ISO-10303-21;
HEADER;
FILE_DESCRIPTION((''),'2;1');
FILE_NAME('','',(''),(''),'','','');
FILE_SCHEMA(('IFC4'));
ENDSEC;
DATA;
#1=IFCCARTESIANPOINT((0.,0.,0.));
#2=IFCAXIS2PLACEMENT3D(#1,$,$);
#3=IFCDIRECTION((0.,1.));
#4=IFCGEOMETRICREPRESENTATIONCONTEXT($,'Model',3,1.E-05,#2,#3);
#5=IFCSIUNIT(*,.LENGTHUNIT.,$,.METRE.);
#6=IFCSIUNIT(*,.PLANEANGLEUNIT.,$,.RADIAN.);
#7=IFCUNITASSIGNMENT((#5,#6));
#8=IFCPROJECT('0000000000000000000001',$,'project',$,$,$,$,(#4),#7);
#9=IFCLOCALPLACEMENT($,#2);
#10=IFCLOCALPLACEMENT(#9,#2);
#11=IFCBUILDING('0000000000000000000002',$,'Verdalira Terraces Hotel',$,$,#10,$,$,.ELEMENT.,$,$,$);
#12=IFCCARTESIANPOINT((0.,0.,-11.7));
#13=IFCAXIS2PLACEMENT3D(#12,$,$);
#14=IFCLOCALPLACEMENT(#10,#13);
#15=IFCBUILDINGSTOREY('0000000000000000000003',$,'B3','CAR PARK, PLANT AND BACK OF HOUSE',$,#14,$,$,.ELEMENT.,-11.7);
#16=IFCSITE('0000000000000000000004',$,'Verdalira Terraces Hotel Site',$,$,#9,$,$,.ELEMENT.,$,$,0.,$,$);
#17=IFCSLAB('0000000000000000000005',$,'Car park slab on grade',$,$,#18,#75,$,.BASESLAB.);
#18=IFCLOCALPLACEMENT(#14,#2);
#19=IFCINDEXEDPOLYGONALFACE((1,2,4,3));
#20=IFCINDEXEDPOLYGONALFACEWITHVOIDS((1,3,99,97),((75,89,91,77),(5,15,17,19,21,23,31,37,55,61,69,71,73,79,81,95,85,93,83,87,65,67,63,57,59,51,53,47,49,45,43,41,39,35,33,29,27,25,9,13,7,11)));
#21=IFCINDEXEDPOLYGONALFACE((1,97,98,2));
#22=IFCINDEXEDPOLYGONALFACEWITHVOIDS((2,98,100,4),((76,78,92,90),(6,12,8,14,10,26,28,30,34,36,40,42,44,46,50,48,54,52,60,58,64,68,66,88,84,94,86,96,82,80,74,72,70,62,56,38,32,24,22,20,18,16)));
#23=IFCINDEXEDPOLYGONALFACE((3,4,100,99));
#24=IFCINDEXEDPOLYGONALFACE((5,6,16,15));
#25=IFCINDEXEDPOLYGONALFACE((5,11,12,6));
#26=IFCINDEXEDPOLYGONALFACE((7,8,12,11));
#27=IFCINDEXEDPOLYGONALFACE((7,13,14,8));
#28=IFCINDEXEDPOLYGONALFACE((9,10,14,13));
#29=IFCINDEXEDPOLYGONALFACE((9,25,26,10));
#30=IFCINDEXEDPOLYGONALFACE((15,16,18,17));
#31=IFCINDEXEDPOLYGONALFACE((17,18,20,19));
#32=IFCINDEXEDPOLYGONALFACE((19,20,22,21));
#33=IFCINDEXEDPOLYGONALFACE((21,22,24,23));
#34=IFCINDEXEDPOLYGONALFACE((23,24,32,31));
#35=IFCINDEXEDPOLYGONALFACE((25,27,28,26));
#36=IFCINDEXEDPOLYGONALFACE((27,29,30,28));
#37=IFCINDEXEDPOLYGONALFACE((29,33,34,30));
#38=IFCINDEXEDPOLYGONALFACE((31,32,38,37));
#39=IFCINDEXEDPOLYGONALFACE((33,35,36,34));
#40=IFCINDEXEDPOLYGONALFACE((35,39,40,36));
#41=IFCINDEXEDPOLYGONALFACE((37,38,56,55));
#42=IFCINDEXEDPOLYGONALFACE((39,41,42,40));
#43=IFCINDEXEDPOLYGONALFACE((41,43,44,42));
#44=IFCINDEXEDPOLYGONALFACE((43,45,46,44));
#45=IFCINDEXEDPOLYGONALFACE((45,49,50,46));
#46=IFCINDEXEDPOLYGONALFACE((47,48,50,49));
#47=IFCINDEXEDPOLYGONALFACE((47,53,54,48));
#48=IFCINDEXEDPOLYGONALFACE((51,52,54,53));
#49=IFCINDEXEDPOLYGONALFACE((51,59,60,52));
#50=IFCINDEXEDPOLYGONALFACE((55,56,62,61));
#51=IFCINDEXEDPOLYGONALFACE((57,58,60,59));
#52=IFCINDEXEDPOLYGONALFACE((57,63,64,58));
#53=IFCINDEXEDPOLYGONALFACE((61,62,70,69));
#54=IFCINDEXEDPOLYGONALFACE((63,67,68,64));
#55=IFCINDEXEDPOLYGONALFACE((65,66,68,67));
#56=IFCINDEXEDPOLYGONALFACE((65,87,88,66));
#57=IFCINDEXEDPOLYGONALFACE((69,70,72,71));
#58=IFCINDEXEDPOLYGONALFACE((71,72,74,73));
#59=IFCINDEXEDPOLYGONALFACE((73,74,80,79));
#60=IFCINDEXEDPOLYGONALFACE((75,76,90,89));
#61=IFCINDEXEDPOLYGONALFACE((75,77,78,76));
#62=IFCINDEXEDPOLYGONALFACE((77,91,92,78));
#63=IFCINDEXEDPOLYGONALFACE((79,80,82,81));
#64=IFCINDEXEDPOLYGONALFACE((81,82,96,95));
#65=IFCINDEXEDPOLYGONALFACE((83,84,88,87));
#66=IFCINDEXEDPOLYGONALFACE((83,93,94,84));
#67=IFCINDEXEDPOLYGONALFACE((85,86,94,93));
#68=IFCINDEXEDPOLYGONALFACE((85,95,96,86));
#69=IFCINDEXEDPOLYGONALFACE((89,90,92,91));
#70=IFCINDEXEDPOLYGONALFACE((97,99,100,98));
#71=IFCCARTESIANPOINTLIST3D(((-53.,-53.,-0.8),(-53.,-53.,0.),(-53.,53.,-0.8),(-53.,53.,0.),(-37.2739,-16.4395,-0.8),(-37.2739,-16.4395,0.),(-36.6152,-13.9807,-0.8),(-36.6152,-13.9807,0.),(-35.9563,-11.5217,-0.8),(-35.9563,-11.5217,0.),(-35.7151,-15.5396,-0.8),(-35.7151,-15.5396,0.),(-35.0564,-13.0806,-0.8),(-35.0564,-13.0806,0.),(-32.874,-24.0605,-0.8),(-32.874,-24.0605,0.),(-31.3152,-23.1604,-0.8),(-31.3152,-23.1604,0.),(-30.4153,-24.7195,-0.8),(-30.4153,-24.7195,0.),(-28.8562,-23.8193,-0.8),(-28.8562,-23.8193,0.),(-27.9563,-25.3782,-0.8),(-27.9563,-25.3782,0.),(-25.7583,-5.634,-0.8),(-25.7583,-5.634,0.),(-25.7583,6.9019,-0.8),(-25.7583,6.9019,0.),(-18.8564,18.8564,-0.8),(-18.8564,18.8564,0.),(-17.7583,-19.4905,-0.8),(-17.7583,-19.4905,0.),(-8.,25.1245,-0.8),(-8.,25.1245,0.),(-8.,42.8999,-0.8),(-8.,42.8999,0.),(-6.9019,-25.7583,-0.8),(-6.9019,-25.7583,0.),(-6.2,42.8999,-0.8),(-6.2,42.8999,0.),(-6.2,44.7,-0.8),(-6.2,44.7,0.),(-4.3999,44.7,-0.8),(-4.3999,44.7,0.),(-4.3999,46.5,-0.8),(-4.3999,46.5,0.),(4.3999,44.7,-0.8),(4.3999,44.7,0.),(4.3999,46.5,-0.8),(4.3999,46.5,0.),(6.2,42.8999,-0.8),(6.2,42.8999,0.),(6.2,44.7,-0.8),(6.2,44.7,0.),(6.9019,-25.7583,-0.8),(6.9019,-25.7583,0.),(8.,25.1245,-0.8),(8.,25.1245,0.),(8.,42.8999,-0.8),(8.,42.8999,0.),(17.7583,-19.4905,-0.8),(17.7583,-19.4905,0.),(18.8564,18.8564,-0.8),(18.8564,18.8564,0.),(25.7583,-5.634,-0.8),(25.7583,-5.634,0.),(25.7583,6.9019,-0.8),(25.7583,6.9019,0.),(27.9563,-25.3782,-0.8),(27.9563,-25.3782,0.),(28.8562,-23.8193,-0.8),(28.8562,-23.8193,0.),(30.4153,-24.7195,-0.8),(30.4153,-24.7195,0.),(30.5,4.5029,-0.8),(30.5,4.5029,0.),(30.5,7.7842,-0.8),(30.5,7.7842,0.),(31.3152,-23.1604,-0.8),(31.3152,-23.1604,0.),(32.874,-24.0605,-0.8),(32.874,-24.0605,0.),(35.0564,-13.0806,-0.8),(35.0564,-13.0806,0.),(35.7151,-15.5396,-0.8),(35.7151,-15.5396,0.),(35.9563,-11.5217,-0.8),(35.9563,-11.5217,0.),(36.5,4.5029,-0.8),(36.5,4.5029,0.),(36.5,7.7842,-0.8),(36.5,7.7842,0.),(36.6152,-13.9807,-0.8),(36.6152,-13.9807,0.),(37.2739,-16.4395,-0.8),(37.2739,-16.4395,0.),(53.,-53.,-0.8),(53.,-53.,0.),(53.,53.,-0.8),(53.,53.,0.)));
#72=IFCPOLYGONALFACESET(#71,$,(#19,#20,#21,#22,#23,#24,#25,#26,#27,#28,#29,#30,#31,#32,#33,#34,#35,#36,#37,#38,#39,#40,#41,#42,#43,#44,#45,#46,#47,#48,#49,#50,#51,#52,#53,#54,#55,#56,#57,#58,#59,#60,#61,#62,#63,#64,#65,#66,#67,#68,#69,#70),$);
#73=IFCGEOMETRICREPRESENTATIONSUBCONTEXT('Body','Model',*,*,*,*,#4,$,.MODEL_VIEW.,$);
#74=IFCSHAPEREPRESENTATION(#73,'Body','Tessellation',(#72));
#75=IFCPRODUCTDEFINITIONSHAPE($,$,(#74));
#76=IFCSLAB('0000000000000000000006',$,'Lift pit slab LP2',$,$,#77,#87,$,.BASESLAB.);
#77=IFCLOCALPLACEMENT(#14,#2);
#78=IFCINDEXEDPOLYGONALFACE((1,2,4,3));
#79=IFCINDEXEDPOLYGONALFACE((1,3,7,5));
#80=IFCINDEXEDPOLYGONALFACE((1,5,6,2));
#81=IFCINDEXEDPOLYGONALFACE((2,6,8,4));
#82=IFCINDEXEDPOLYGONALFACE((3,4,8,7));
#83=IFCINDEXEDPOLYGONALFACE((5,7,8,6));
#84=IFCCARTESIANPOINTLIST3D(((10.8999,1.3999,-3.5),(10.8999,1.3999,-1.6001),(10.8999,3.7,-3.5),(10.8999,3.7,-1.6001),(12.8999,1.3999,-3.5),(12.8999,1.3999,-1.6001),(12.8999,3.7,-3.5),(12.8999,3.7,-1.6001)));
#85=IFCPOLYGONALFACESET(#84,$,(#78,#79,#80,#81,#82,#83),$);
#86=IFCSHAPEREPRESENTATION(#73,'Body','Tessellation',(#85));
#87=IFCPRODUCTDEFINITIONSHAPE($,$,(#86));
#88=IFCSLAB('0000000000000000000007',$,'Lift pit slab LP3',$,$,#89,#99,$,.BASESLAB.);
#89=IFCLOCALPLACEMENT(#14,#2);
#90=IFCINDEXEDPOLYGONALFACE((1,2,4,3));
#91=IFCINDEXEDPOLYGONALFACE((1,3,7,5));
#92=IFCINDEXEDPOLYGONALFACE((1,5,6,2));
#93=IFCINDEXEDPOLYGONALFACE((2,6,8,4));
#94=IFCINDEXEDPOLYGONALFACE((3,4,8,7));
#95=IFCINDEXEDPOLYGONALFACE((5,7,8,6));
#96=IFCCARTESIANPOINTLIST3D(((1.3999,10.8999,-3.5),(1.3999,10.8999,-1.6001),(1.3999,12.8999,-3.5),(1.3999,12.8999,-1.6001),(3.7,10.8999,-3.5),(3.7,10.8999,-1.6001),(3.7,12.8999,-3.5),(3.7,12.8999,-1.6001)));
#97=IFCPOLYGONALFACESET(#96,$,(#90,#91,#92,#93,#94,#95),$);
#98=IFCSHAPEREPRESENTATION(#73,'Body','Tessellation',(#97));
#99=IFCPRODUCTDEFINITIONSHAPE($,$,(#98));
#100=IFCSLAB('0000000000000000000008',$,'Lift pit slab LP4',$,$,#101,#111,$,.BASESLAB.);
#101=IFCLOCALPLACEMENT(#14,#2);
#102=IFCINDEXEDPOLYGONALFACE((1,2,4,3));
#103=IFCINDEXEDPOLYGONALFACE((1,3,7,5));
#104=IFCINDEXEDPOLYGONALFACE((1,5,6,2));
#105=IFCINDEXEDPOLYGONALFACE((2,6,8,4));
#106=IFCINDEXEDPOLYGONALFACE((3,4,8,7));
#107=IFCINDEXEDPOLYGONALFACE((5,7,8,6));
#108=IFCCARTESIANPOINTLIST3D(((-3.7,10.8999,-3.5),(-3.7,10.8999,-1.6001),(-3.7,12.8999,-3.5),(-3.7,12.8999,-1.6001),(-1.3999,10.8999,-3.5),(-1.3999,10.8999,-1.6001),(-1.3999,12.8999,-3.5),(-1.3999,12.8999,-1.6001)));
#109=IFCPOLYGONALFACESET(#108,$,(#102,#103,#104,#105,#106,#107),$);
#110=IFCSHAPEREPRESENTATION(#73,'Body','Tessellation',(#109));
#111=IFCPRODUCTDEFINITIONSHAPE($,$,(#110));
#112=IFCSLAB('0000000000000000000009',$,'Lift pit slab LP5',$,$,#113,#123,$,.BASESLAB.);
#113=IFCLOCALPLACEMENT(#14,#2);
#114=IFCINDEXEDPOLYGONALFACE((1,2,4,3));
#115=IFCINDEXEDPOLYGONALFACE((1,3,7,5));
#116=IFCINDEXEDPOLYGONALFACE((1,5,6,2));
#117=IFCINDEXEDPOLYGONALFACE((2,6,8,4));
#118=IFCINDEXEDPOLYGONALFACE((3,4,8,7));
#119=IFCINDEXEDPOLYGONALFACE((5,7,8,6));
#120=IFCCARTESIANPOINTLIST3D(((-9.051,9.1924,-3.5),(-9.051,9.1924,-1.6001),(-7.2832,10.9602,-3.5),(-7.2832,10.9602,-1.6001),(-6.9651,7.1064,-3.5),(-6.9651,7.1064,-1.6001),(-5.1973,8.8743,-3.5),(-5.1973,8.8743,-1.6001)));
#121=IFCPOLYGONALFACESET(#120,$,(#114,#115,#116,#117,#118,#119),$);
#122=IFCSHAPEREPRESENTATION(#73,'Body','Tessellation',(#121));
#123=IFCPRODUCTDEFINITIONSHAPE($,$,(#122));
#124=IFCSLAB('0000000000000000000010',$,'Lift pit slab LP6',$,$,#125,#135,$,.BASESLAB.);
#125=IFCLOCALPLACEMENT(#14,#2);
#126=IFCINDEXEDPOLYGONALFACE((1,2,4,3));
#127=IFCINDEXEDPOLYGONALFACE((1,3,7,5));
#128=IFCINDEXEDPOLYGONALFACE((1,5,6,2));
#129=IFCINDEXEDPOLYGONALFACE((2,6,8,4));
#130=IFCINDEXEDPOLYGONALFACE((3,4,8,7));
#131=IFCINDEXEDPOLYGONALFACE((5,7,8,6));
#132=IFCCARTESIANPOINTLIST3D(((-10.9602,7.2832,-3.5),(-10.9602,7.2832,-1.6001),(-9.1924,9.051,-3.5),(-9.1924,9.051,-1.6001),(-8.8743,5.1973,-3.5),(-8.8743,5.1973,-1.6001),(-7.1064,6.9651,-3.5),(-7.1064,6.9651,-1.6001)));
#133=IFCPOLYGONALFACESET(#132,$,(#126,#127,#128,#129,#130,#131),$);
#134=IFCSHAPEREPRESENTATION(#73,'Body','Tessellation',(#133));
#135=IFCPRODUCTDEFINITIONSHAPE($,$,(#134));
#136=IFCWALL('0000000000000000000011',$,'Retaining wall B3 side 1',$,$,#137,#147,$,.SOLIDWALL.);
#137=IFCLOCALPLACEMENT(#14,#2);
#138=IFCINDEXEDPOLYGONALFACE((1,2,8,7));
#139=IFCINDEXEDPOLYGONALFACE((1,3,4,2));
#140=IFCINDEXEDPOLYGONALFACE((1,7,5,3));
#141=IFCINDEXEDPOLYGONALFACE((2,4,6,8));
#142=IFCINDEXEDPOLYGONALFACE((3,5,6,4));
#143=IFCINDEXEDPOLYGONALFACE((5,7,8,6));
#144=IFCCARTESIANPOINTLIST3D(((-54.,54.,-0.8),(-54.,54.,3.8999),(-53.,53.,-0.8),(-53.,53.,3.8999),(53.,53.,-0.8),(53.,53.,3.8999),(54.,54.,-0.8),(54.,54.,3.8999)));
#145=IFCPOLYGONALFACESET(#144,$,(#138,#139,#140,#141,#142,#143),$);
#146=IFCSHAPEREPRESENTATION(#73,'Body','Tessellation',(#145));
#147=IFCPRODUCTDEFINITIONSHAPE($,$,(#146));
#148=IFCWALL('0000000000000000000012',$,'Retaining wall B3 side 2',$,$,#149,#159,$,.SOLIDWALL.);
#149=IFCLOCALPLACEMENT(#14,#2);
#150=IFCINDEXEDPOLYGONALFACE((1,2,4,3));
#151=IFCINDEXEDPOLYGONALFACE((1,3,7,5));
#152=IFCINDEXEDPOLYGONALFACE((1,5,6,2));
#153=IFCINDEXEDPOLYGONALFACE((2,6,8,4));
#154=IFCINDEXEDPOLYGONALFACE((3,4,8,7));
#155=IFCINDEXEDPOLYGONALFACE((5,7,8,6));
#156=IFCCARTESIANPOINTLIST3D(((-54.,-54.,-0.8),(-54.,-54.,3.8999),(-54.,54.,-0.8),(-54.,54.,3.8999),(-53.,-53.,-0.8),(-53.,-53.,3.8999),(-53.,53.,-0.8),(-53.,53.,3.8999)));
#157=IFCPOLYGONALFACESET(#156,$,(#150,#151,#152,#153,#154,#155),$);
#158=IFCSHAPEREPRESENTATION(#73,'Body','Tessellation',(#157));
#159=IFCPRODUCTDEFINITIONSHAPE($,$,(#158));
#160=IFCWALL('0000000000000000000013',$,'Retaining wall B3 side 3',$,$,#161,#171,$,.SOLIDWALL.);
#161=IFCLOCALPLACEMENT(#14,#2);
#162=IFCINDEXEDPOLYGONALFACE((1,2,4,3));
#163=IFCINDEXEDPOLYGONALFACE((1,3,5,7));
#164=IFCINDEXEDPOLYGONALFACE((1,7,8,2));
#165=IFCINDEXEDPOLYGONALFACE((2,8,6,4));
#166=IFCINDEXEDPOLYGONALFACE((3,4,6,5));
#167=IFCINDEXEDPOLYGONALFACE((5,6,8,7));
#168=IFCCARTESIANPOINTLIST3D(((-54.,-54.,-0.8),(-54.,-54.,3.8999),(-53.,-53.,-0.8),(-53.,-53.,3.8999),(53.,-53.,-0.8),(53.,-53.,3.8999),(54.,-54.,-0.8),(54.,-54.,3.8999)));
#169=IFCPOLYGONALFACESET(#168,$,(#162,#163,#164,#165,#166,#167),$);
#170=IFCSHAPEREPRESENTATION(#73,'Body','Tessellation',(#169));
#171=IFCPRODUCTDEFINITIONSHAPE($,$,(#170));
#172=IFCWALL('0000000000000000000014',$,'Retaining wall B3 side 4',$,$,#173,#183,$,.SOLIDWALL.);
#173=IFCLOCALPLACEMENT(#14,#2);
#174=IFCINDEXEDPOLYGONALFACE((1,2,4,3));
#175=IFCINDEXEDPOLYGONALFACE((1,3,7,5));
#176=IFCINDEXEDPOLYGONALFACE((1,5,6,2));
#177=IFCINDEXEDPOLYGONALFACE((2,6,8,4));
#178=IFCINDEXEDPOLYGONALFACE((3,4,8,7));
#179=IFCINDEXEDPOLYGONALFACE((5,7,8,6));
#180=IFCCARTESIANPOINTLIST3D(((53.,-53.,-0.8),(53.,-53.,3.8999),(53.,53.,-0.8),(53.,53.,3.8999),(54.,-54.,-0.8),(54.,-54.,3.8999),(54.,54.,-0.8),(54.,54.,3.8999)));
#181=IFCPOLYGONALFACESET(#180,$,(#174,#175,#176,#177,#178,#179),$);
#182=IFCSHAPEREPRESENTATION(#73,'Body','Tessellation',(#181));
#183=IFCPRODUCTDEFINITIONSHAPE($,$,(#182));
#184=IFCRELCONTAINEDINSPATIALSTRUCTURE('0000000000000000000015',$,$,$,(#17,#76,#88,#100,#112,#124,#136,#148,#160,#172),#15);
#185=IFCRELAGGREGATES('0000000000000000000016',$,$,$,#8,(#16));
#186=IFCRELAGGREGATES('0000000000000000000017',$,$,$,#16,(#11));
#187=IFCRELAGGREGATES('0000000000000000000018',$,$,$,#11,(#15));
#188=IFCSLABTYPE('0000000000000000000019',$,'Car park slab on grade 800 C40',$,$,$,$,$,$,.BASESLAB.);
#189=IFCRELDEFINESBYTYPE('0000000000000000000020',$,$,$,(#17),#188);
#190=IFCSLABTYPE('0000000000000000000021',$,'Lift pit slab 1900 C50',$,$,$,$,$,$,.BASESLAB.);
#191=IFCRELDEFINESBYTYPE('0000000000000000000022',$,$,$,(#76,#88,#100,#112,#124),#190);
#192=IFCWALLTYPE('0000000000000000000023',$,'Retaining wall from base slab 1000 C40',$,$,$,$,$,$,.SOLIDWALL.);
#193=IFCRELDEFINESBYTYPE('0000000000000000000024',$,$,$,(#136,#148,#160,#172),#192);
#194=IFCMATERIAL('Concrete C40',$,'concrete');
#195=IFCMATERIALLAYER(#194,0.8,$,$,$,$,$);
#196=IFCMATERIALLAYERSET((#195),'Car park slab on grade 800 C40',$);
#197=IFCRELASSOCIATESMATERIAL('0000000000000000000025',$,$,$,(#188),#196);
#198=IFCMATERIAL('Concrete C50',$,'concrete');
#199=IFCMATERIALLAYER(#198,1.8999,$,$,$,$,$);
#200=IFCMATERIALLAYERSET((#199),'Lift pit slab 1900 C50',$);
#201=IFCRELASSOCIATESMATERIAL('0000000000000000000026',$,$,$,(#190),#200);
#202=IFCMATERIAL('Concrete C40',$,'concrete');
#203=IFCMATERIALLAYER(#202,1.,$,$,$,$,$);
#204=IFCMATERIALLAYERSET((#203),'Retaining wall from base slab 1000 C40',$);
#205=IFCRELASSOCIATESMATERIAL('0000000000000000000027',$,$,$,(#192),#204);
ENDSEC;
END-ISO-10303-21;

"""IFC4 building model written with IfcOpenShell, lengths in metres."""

from ifc_helpers import new_model, si_unit, direction, frame, origin, place, context, subcontext, project, spatial, polyline, outline, extrude, material, layer, layer_set, type_object, element, save


model = new_model("IFC4")

# Units and contexts
model_context = context("Model", 3, precision=1e-05, world=origin(), true_north=direction((0.0, 1.0)))
body_context = subcontext(model_context, "Body", "Model", "MODEL_VIEW")
ifc_project = project(units=[si_unit("LENGTHUNIT", "METRE"), si_unit("PLANEANGLEUNIT", "RADIAN")], contexts=[model_context])

# Site, building, storey
site_placement = place(None, origin())
site = spatial("IfcSite", under=ifc_project, at=site_placement, Name="Verdalira Terraces Hotel Site", CompositionType="ELEMENT", RefElevation=0.0)
building_placement = place(site_placement, origin())
building = spatial("IfcBuilding", under=site, at=building_placement, Name="Verdalira Terraces Hotel", CompositionType="ELEMENT")
storey_placement = place(building_placement, frame((0.0, 0.0, -11.7)))
storey = spatial("IfcBuildingStorey", under=building, at=storey_placement, Name="B3", Description="CAR PARK, PLANT AND BACK OF HOUSE", CompositionType="ELEMENT", Elevation=-11.7)

# Slabs
ifc_material_1 = material(Name="Concrete C40", Category="concrete")
ifc_layer_1 = layer(ifc_material_1, 0.8)
ifc_layer_set_1 = layer_set([ifc_layer_1], Name="Car park slab on grade 800 C40")
slab_type_1 = type_object("IfcSlabType", Name="Car park slab on grade 800 C40", PredefinedType="BASESLAB", material=ifc_layer_set_1)
slab_1_placement = place(storey_placement, frame((0.0, 0.0, -0.8)))
element("IfcSlab", 1, at=slab_1_placement, inside=storey, type_object=slab_type_1, Name="Car park slab on grade", PredefinedType="BASESLAB", context=body_context, shape_type="SweptSolid", body=[
    extrude(outline(polyline([(-53.0, -53.0), (53.0, -53.0), (53.0, 53.0), (-53.0, 53.0), (-53.0, -53.0)]), holes=[polyline([(6.2, 42.8999), (8.0, 42.8999), (8.0, 25.1245), (18.8564, 18.8564), (25.7583, 6.9019), (25.7583, -5.634), (35.9563, -11.5217), (35.0564, -13.0806), (36.6152, -13.9807), (35.7151, -15.5396), (37.2739, -16.4395), (32.874, -24.0605), (31.3152, -23.1604), (30.4153, -24.7195), (28.8562, -23.8193), (27.9563, -25.3782), (17.7583, -19.4905), (6.9019, -25.7583), (-6.9019, -25.7583), (-17.7583, -19.4905), (-27.9563, -25.3782), (-28.8562, -23.8193), (-30.4153, -24.7195), (-31.3152, -23.1604), (-32.874, -24.0605), (-37.2739, -16.4395), (-35.7151, -15.5396), (-36.6152, -13.9807), (-35.0564, -13.0806), (-35.9563, -11.5217), (-25.7583, -5.634), (-25.7583, 6.9019), (-18.8564, 18.8564), (-8.0, 25.1245), (-8.0, 42.8999), (-6.2, 42.8999), (-6.2, 44.7), (-4.3999, 44.7), (-4.3999, 46.5), (4.3999, 46.5), (4.3999, 44.7), (6.2, 44.7), (6.2, 42.8999)]), polyline([(30.5, 4.5029), (30.5, 7.7842), (36.5, 7.7842), (36.5, 4.5029), (30.5, 4.5029)])]), origin(), (0.0, 0.0, 1.0), 0.8),
])
ifc_material_2 = material(Name="Concrete C50", Category="concrete")
ifc_layer_2 = layer(ifc_material_2, 1.8999)
ifc_layer_set_2 = layer_set([ifc_layer_2], Name="Lift pit slab 1900 C50")
slab_type_2 = type_object("IfcSlabType", Name="Lift pit slab 1900 C50", PredefinedType="BASESLAB", material=ifc_layer_set_2)
slab_2_placement = place(storey_placement, frame((0.0, 0.0, -3.5)))
element("IfcSlab", 2, at=slab_2_placement, inside=storey, type_object=slab_type_2, Name="Lift pit slab LP2", PredefinedType="BASESLAB", context=body_context, shape_type="SweptSolid", body=[
    extrude(outline(polyline([(10.8999, 1.3999), (12.8999, 1.3999), (12.8999, 3.7), (10.8999, 3.7), (10.8999, 1.3999)])), origin(), (0.0, 0.0, 1.0), 1.8999),
])
slab_3_placement = place(storey_placement, frame((0.0, 0.0, -3.5)))
element("IfcSlab", 3, at=slab_3_placement, inside=storey, type_object=slab_type_2, Name="Lift pit slab LP3", PredefinedType="BASESLAB", context=body_context, shape_type="SweptSolid", body=[
    extrude(outline(polyline([(1.3999, 10.8999), (3.7, 10.8999), (3.7, 12.8999), (1.3999, 12.8999), (1.3999, 10.8999)])), origin(), (0.0, 0.0, 1.0), 1.8999),
])
slab_4_placement = place(storey_placement, frame((0.0, 0.0, -3.5)))
element("IfcSlab", 4, at=slab_4_placement, inside=storey, type_object=slab_type_2, Name="Lift pit slab LP4", PredefinedType="BASESLAB", context=body_context, shape_type="SweptSolid", body=[
    extrude(outline(polyline([(-1.3999, 10.8999), (-1.3999, 12.8999), (-3.7, 12.8999), (-3.7, 10.8999), (-1.3999, 10.8999)])), origin(), (0.0, 0.0, 1.0), 1.8999),
])
slab_5_placement = place(storey_placement, frame((0.0, 0.0, -3.5)))
element("IfcSlab", 5, at=slab_5_placement, inside=storey, type_object=slab_type_2, Name="Lift pit slab LP5", PredefinedType="BASESLAB", context=body_context, shape_type="SweptSolid", body=[
    extrude(outline(polyline([(-5.1973, 8.8743), (-7.2832, 10.9602), (-9.051, 9.1924), (-6.9651, 7.1064), (-5.1973, 8.8743)])), origin(), (0.0, 0.0, 1.0), 1.8999),
])
slab_6_placement = place(storey_placement, frame((0.0, 0.0, -3.5)))
element("IfcSlab", 6, at=slab_6_placement, inside=storey, type_object=slab_type_2, Name="Lift pit slab LP6", PredefinedType="BASESLAB", context=body_context, shape_type="SweptSolid", body=[
    extrude(outline(polyline([(-7.1064, 6.9651), (-9.1924, 9.051), (-10.9602, 7.2832), (-8.8743, 5.1973), (-7.1064, 6.9651)])), origin(), (0.0, 0.0, 1.0), 1.8999),
])

# Walls
ifc_material_3 = material(Name="Concrete C40", Category="concrete")
ifc_layer_3 = layer(ifc_material_3, 1.0)
ifc_layer_set_3 = layer_set([ifc_layer_3], Name="Retaining wall from base slab 1000 C40")
wall_type = type_object("IfcWallType", Name="Retaining wall from base slab 1000 C40", PredefinedType="SOLIDWALL", material=ifc_layer_set_3)
wall_1_placement = place(storey_placement, frame((0.0, 0.0, -0.8)))
element("IfcWall", 7, at=wall_1_placement, inside=storey, type_object=wall_type, Name="Retaining wall B3 side 1", PredefinedType="SOLIDWALL", context=body_context, shape_type="SweptSolid", body=[
    extrude(outline(polyline([(54.0, 54.0), (-54.0, 54.0), (-53.0, 53.0), (53.0, 53.0), (54.0, 54.0)])), origin(), (0.0, 0.0, 1.0), 4.7),
])
wall_2_placement = place(storey_placement, frame((0.0, 0.0, -0.8)))
element("IfcWall", 8, at=wall_2_placement, inside=storey, type_object=wall_type, Name="Retaining wall B3 side 2", PredefinedType="SOLIDWALL", context=body_context, shape_type="SweptSolid", body=[
    extrude(outline(polyline([(-54.0, 54.0), (-54.0, -54.0), (-53.0, -53.0), (-53.0, 53.0), (-54.0, 54.0)])), origin(), (0.0, 0.0, 1.0), 4.7),
])
wall_3_placement = place(storey_placement, frame((0.0, 0.0, -0.8)))
element("IfcWall", 9, at=wall_3_placement, inside=storey, type_object=wall_type, Name="Retaining wall B3 side 3", PredefinedType="SOLIDWALL", context=body_context, shape_type="SweptSolid", body=[
    extrude(outline(polyline([(-54.0, -54.0), (54.0, -54.0), (53.0, -53.0), (-53.0, -53.0), (-54.0, -54.0)])), origin(), (0.0, 0.0, 1.0), 4.7),
])
wall_4_placement = place(storey_placement, frame((0.0, 0.0, -0.8)))
element("IfcWall", 10, at=wall_4_placement, inside=storey, type_object=wall_type, Name="Retaining wall B3 side 4", PredefinedType="SOLIDWALL", context=body_context, shape_type="SweptSolid", body=[
    extrude(outline(polyline([(54.0, -54.0), (54.0, 54.0), (53.0, 53.0), (53.0, -53.0), (54.0, -54.0)])), origin(), (0.0, 0.0, 1.0), 4.7),
])

save(model, "model.ifc")
